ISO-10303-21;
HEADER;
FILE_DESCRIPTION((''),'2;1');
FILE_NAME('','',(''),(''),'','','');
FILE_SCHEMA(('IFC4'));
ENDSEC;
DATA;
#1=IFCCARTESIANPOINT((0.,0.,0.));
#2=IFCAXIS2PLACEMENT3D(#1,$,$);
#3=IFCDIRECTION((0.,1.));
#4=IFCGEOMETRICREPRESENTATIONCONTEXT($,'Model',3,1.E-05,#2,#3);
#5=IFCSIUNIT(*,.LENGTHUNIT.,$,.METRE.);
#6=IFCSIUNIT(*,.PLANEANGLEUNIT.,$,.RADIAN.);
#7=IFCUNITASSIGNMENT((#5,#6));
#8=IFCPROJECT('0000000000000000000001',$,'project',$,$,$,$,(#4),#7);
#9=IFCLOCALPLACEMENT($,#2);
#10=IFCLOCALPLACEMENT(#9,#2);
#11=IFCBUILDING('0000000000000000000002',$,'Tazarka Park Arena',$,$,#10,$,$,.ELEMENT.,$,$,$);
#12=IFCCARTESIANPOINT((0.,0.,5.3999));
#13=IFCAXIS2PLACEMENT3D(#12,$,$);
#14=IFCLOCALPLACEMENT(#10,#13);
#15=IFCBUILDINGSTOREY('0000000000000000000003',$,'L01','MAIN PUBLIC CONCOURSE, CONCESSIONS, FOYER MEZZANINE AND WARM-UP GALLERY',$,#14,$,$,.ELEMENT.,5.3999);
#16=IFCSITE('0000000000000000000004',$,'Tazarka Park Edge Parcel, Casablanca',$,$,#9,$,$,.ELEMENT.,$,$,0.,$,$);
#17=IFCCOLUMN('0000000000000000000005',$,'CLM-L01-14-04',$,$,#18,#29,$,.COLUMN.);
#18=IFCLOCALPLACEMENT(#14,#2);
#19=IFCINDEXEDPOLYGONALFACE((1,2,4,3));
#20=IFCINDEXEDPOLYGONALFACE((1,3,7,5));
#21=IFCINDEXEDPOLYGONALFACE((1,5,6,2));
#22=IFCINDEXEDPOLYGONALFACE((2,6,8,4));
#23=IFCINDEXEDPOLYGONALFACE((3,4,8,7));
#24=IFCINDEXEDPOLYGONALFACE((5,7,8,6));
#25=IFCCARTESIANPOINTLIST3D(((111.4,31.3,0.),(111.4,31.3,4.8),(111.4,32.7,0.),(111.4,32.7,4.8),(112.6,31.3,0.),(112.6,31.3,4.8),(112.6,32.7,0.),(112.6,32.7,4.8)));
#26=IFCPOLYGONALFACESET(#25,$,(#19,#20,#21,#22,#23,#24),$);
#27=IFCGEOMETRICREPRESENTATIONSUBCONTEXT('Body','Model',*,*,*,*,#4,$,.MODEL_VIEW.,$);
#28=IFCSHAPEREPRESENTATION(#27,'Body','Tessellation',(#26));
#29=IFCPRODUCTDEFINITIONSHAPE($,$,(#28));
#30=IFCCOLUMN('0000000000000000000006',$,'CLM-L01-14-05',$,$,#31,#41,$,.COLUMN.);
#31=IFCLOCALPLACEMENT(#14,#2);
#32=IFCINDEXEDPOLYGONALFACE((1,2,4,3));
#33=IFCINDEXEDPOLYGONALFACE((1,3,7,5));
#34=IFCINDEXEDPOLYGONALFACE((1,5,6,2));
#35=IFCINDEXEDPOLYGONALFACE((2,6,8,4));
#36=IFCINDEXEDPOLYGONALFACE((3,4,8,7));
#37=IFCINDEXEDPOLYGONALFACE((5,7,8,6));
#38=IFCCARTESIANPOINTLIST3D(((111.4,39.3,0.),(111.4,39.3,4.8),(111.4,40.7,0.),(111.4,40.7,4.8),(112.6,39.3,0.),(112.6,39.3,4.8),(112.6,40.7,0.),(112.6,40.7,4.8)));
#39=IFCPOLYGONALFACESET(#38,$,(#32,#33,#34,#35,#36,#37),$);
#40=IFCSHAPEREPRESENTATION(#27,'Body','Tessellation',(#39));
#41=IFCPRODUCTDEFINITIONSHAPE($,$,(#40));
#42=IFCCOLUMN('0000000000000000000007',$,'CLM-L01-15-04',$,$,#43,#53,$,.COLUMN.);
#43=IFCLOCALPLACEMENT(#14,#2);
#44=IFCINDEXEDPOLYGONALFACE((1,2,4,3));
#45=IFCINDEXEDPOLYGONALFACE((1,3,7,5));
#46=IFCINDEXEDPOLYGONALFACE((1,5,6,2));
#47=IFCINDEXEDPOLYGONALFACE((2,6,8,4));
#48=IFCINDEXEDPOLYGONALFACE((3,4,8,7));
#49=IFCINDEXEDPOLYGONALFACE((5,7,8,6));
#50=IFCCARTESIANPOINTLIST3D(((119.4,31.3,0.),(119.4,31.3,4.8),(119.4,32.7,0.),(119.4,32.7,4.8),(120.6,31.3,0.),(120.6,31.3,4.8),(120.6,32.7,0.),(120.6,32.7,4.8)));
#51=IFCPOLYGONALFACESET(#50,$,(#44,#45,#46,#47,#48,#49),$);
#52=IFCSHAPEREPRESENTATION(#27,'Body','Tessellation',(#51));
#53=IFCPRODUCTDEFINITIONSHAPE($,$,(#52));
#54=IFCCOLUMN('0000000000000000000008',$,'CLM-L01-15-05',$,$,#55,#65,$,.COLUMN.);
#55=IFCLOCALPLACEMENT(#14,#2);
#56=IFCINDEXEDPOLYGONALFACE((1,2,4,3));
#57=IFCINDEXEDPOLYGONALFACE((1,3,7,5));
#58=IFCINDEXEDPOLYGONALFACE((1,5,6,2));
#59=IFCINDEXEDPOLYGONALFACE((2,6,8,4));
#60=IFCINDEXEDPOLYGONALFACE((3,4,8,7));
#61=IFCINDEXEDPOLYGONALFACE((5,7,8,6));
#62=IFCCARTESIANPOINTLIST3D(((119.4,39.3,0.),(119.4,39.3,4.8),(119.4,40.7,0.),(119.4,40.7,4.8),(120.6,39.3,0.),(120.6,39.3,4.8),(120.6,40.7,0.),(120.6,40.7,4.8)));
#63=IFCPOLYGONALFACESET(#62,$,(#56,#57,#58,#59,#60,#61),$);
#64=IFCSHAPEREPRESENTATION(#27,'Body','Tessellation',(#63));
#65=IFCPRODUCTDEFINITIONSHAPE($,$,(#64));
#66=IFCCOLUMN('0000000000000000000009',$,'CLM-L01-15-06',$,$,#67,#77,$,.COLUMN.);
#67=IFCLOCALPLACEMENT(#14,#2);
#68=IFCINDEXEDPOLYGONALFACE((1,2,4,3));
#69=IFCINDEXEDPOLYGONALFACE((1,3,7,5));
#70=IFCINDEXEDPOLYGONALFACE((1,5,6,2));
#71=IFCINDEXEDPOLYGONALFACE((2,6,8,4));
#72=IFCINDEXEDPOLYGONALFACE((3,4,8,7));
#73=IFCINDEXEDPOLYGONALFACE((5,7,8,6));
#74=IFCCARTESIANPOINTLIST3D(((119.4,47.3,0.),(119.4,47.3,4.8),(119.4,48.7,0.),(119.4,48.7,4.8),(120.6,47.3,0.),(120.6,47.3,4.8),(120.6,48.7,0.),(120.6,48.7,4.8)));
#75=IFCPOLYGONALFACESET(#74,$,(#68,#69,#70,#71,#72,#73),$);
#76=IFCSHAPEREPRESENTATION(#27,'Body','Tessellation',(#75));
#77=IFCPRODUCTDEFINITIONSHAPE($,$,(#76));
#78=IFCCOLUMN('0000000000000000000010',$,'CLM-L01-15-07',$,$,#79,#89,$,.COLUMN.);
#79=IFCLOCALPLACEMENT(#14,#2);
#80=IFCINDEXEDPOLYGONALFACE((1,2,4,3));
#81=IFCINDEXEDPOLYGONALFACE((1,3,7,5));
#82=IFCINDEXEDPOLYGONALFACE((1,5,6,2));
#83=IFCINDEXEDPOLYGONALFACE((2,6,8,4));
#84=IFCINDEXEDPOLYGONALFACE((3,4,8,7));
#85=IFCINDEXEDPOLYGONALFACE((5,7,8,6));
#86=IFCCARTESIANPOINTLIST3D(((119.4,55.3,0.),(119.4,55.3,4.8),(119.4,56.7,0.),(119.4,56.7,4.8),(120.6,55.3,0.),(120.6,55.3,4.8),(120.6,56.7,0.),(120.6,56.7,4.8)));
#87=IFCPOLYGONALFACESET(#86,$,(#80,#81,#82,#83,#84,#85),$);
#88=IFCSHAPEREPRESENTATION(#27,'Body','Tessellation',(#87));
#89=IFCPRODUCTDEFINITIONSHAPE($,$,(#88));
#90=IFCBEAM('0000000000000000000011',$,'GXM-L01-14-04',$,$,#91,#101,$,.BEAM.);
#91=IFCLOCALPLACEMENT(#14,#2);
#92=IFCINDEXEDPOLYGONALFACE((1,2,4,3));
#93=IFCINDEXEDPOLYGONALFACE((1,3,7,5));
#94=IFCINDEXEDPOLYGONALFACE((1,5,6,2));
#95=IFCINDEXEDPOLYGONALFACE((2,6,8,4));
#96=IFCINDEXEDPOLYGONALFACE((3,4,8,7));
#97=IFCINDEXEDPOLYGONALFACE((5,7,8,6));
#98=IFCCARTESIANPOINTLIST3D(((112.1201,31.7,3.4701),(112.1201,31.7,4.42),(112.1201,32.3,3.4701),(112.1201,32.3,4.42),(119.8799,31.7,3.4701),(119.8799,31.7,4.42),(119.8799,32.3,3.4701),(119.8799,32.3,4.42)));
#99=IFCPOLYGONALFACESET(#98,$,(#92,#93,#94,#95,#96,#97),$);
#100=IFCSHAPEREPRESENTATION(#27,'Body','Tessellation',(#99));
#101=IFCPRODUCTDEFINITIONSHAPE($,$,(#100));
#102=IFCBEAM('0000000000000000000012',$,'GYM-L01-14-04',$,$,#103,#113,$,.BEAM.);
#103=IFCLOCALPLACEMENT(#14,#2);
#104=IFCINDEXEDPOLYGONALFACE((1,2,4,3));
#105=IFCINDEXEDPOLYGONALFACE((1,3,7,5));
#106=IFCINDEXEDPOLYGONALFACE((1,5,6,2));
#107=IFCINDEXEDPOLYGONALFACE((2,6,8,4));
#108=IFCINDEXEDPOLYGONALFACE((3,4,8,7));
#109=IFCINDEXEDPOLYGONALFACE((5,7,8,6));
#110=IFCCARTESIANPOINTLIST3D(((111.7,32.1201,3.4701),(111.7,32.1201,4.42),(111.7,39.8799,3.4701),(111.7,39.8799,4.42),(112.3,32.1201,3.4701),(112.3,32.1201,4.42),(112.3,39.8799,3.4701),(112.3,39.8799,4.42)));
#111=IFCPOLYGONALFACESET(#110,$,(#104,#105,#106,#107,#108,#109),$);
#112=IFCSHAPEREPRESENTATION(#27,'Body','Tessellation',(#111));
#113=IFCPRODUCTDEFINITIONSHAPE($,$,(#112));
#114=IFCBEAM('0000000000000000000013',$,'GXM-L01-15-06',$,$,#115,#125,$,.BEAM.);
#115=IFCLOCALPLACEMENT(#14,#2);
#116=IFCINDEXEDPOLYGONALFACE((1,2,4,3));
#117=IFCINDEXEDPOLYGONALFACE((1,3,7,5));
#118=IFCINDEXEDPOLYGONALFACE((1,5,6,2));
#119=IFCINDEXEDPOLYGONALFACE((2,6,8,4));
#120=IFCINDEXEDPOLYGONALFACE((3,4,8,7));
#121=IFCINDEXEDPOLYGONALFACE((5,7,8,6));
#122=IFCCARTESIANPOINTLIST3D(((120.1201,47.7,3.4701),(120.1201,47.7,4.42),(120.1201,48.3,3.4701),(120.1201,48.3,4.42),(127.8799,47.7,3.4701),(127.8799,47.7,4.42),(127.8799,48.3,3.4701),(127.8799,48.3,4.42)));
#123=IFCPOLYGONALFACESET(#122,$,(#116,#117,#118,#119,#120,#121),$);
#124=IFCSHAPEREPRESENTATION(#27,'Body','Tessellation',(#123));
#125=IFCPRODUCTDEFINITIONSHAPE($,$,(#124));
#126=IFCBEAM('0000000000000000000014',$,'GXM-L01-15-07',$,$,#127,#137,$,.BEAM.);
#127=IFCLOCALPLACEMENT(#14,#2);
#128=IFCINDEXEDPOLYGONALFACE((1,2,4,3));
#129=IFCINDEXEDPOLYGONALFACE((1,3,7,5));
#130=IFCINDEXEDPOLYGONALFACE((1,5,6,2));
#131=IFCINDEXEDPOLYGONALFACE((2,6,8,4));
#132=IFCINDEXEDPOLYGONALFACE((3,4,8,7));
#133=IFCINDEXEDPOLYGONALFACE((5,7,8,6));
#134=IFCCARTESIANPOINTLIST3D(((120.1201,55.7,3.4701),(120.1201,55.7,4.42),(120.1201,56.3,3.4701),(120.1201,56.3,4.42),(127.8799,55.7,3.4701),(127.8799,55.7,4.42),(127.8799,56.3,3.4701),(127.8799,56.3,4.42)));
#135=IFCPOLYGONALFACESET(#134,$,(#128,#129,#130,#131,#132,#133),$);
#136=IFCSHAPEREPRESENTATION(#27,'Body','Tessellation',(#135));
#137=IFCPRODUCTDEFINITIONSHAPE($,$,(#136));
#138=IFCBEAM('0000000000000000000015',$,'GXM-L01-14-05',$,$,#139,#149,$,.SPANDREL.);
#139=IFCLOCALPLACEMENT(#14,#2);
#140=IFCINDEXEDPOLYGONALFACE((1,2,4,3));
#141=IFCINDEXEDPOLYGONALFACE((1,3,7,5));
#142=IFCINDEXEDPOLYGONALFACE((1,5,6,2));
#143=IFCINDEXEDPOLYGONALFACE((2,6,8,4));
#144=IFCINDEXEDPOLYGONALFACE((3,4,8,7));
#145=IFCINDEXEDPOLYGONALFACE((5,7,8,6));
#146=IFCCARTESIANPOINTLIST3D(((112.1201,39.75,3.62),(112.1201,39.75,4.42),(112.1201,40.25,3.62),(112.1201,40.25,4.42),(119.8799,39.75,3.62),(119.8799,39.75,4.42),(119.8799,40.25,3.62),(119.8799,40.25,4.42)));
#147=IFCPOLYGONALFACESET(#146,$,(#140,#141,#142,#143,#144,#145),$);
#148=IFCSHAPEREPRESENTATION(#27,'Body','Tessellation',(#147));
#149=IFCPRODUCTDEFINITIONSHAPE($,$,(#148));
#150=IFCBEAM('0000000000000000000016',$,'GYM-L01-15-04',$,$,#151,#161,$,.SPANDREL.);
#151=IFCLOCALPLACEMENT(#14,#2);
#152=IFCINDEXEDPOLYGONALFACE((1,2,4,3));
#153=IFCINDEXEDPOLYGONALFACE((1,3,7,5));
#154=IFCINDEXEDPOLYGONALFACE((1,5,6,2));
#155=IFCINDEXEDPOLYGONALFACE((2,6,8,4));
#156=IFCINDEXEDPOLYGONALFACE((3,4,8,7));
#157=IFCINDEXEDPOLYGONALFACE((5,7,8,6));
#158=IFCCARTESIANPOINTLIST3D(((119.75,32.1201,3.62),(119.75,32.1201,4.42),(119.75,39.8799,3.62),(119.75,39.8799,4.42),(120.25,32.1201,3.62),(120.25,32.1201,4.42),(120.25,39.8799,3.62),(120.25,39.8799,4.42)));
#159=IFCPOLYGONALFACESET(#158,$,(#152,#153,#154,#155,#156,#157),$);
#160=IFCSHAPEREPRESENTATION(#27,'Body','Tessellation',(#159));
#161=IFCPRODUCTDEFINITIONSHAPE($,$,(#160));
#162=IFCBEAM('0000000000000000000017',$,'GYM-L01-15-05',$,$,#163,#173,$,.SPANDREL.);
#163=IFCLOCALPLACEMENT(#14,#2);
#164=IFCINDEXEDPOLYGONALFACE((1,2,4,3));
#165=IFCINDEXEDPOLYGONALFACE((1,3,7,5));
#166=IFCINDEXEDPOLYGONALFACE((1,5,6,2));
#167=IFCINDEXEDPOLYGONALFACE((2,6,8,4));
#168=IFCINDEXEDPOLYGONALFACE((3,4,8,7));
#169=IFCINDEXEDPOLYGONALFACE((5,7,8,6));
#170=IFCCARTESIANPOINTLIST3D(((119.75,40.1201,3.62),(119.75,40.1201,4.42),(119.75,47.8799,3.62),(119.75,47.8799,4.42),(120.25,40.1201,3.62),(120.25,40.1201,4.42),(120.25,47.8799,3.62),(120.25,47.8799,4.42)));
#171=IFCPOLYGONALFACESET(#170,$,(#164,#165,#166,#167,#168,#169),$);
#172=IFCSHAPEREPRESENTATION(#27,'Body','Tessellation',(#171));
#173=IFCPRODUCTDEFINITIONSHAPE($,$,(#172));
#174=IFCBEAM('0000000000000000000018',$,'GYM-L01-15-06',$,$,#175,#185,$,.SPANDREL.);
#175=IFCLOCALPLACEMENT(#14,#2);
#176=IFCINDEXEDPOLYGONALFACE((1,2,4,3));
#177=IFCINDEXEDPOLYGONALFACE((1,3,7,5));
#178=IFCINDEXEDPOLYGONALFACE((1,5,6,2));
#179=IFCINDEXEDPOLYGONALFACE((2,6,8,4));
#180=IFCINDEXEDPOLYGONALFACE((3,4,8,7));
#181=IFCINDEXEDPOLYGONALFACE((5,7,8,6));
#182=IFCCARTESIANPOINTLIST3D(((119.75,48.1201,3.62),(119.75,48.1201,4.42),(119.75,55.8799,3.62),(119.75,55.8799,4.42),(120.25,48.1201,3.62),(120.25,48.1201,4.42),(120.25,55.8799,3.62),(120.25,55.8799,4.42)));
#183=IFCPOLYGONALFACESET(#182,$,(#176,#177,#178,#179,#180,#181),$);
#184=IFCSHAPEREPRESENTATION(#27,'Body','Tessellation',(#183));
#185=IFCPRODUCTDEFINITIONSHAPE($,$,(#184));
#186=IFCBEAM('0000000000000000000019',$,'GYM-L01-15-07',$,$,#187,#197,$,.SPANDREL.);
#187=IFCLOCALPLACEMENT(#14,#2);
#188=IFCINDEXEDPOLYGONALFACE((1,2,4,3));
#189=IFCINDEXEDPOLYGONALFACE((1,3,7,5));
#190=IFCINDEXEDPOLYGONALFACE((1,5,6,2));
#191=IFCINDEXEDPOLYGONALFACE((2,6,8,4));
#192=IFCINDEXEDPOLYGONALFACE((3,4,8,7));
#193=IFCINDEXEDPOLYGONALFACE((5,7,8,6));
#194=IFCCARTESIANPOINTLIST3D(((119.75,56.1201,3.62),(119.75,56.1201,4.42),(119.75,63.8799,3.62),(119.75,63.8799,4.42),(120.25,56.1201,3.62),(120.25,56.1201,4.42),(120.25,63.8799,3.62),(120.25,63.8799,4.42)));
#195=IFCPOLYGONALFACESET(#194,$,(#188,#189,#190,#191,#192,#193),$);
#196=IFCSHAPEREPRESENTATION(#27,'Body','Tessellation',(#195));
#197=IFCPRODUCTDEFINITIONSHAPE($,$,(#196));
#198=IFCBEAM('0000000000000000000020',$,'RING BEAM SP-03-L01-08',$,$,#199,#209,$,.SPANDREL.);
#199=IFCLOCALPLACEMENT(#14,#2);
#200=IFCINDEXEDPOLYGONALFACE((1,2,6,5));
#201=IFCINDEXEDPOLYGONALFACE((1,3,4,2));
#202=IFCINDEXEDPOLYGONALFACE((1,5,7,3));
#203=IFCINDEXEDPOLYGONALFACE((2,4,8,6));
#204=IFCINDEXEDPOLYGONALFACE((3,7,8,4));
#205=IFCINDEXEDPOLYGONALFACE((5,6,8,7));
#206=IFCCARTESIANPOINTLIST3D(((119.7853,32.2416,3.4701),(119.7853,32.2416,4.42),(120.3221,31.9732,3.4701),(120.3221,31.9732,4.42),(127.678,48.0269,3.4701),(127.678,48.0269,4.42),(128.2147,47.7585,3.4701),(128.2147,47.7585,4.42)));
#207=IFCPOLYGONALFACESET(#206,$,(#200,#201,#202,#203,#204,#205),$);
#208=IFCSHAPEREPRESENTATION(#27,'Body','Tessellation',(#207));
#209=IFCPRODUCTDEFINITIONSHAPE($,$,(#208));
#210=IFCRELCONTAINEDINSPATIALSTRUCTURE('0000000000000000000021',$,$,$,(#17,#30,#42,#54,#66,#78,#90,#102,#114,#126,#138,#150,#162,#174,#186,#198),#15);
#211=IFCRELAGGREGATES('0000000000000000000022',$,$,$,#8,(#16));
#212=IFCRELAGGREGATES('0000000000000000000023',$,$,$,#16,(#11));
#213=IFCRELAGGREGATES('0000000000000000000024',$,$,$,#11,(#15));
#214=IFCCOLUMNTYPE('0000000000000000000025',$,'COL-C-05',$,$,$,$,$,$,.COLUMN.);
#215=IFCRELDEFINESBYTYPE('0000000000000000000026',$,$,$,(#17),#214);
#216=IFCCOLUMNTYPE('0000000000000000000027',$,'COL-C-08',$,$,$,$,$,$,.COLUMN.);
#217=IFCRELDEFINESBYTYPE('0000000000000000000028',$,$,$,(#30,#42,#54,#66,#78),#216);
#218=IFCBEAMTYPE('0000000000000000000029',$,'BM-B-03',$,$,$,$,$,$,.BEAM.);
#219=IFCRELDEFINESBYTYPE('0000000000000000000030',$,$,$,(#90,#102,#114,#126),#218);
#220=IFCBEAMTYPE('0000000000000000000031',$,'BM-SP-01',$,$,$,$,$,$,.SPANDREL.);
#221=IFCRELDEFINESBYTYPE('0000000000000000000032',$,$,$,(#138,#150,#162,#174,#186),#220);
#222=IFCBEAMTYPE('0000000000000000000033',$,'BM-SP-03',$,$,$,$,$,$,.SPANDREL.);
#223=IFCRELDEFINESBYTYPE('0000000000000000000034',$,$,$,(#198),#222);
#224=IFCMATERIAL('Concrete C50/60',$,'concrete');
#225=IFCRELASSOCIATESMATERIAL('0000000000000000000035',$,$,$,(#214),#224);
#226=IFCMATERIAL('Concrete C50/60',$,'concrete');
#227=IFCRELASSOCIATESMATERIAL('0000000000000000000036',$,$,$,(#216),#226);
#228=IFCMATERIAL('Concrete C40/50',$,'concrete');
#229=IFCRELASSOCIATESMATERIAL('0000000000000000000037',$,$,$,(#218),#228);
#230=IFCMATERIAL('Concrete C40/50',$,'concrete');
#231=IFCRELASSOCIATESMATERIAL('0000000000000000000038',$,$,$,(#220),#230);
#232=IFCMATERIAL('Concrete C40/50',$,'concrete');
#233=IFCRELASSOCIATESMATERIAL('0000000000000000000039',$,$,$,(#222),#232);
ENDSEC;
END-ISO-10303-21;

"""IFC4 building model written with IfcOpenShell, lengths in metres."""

from ifc_helpers import new_model, si_unit, direction, frame, origin, origin_2d, place, context, subcontext, project, spatial, rectangle, extrude, material, material_profile, profile_set, type_object, element, save


model = new_model("IFC4")

# Units and contexts
model_context = context("Model", 3, precision=1e-05, world=origin(), true_north=direction((0.0, 1.0)))
body_context = subcontext(model_context, "Body", "Model", "MODEL_VIEW")
ifc_project = project(units=[si_unit("LENGTHUNIT", "METRE"), si_unit("PLANEANGLEUNIT", "RADIAN")], contexts=[model_context])

# Site, building, storey
site_placement = place(None, origin())
site = spatial("IfcSite", under=ifc_project, at=site_placement, Name="Tazarka Park Edge Parcel, Casablanca", CompositionType="ELEMENT", RefElevation=0.0)
building_placement = place(site_placement, origin())
building = spatial("IfcBuilding", under=site, at=building_placement, Name="Tazarka Park Arena", CompositionType="ELEMENT")
storey_placement = place(building_placement, frame((0.0, 0.0, 5.3999)))
storey = spatial("IfcBuildingStorey", under=building, at=storey_placement, Name="L01", Description="MAIN PUBLIC CONCOURSE, CONCESSIONS, FOYER MEZZANINE AND WARM-UP GALLERY", CompositionType="ELEMENT", Elevation=5.3999)

# Columns
ifc_material_1 = material(Name="Concrete C50/60", Category="concrete")
ifc_material_profile_1 = material_profile(ifc_material_1, rectangle(XDim=1.2, YDim=1.3999, at=origin_2d()), Name="Concrete C50/60")
ifc_profile_set_1 = profile_set([ifc_material_profile_1], Name="Concrete C50/60")
column_type_1 = type_object("IfcColumnType", Name="COL-C-05", PredefinedType="COLUMN", material=ifc_profile_set_1)
column_placement = place(storey_placement, frame((112.0, 32.0, 0.0), z_axis=(0.0, 0.0, 1.0), x_axis=(1.0, 0.0, 0.0)))
element("IfcColumn", 1, at=column_placement, inside=storey, type_object=column_type_1, Name="CLM-L01-14-04", PredefinedType="COLUMN", context=body_context, shape_type="SweptSolid", body=[
    extrude(rectangle(XDim=1.2, YDim=1.3999, at=origin_2d()), origin(), (0.0, 0.0, 1.0), 4.8),
])
ifc_material_2 = material(Name="Concrete C50/60", Category="concrete")
ifc_material_profile_2 = material_profile(ifc_material_2, rectangle(XDim=1.2, YDim=1.3999, at=origin_2d()), Name="Concrete C50/60")
ifc_profile_set_2 = profile_set([ifc_material_profile_2], Name="Concrete C50/60")
column_type_2 = type_object("IfcColumnType", Name="COL-C-08", PredefinedType="COLUMN", material=ifc_profile_set_2)
for number, where, z_axis, x_axis, name in (
    (2, (112.0, 40.0, 0.0), (0.0, 0.0, 1.0), (1.0, 0.0, 0.0), "CLM-L01-14-05"),
    (3, (120.0, 32.0, 0.0), (0.0, 0.0, 1.0), (1.0, 0.0, 0.0), "CLM-L01-15-04"),
    (4, (120.0, 40.0, 0.0), (0.0, 0.0, 1.0), (1.0, 0.0, 0.0), "CLM-L01-15-05"),
    (5, (120.0, 48.0, 0.0), (0.0, 0.0, 1.0), (1.0, 0.0, 0.0), "CLM-L01-15-06"),
    (6, (120.0, 56.0, 0.0), (0.0, 0.0, 1.0), (1.0, 0.0, 0.0), "CLM-L01-15-07"),
):
    element("IfcColumn", number, at=place(storey_placement, frame(where, z_axis=z_axis, x_axis=x_axis)), inside=storey, type_object=column_type_2, Name=name, PredefinedType="COLUMN", context=body_context, shape_type="SweptSolid", body=[
        extrude(rectangle(XDim=1.2, YDim=1.3999, at=origin_2d()), origin(), (0.0, 0.0, 1.0), 4.8),
    ])

# Beams
ifc_material_3 = material(Name="Concrete C40/50", Category="concrete")
ifc_material_profile_3 = material_profile(ifc_material_3, rectangle(XDim=0.6001, YDim=0.95, at=origin_2d()), Name="Concrete C40/50")
ifc_profile_set_3 = profile_set([ifc_material_profile_3], Name="Concrete C40/50")
beam_type_1 = type_object("IfcBeamType", Name="BM-B-03", PredefinedType="BEAM", material=ifc_profile_set_3)
for number, where, z_axis, x_axis, name in (
    (7, (112.1201, 32.0, 3.9451), (1.0, 0.0, 0.0), (0.0, 1.0, 0.0), "GXM-L01-14-04"),
    (8, (112.0, 32.1201, 3.9451), (0.0, 1.0, 0.0), (-1.0, 0.0, 0.0), "GYM-L01-14-04"),
    (9, (120.1201, 48.0, 3.9451), (1.0, 0.0, 0.0), (0.0, 1.0, 0.0), "GXM-L01-15-06"),
    (10, (120.1201, 56.0, 3.9451), (1.0, 0.0, 0.0), (0.0, 1.0, 0.0), "GXM-L01-15-07"),
):
    element("IfcBeam", number, at=place(storey_placement, frame(where, z_axis=z_axis, x_axis=x_axis)), inside=storey, type_object=beam_type_1, Name=name, PredefinedType="BEAM", context=body_context, shape_type="SweptSolid", body=[
        extrude(rectangle(XDim=0.6001, YDim=0.95, at=origin_2d()), origin(), (0.0, 0.0, 1.0), 7.7598),
    ])
ifc_material_4 = material(Name="Concrete C40/50", Category="concrete")
ifc_material_profile_4 = material_profile(ifc_material_4, rectangle(XDim=0.5, YDim=0.8, at=origin_2d()), Name="Concrete C40/50")
ifc_profile_set_4 = profile_set([ifc_material_profile_4], Name="Concrete C40/50")
beam_type_2 = type_object("IfcBeamType", Name="BM-SP-01", PredefinedType="SPANDREL", material=ifc_profile_set_4)
for number, where, z_axis, x_axis, name in (
    (11, (112.1201, 40.0, 4.02), (1.0, 0.0, 0.0), (0.0, 1.0, 0.0), "GXM-L01-14-05"),
    (12, (120.0, 32.1201, 4.02), (0.0, 1.0, 0.0), (-1.0, 0.0, 0.0), "GYM-L01-15-04"),
    (13, (120.0, 40.1201, 4.02), (0.0, 1.0, 0.0), (-1.0, 0.0, 0.0), "GYM-L01-15-05"),
    (14, (120.0, 48.1201, 4.02), (0.0, 1.0, 0.0), (-1.0, 0.0, 0.0), "GYM-L01-15-06"),
    (15, (120.0, 56.1201, 4.02), (0.0, 1.0, 0.0), (-1.0, 0.0, 0.0), "GYM-L01-15-07"),
):
    element("IfcBeam", number, at=place(storey_placement, frame(where, z_axis=z_axis, x_axis=x_axis)), inside=storey, type_object=beam_type_2, Name=name, PredefinedType="SPANDREL", context=body_context, shape_type="SweptSolid", body=[
        extrude(rectangle(XDim=0.5, YDim=0.8, at=origin_2d()), origin(), (0.0, 0.0, 1.0), 7.7598),
    ])
ifc_material_5 = material(Name="Concrete C40/50", Category="concrete")
ifc_material_profile_5 = material_profile(ifc_material_5, rectangle(XDim=0.6001, YDim=0.95, at=origin_2d()), Name="Concrete C40/50")
ifc_profile_set_5 = profile_set([ifc_material_profile_5], Name="Concrete C40/50")
beam_type_3 = type_object("IfcBeamType", Name="BM-SP-03", PredefinedType="SPANDREL", material=ifc_profile_set_5)
beam_placement = place(storey_placement, frame((120.0537, 32.1074, 3.9451), z_axis=(0.447214, 0.894427, 0.0), x_axis=(-0.894427, 0.447214, 0.0)))
element("IfcBeam", 16, at=beam_placement, inside=storey, type_object=beam_type_3, Name="RING BEAM SP-03-L01-08", PredefinedType="SPANDREL", context=body_context, shape_type="SweptSolid", body=[
    extrude(rectangle(XDim=0.6001, YDim=0.95, at=origin_2d()), origin(), (0.0, 0.0, 1.0), 17.6484),
])

save(model, "model.ifc")
